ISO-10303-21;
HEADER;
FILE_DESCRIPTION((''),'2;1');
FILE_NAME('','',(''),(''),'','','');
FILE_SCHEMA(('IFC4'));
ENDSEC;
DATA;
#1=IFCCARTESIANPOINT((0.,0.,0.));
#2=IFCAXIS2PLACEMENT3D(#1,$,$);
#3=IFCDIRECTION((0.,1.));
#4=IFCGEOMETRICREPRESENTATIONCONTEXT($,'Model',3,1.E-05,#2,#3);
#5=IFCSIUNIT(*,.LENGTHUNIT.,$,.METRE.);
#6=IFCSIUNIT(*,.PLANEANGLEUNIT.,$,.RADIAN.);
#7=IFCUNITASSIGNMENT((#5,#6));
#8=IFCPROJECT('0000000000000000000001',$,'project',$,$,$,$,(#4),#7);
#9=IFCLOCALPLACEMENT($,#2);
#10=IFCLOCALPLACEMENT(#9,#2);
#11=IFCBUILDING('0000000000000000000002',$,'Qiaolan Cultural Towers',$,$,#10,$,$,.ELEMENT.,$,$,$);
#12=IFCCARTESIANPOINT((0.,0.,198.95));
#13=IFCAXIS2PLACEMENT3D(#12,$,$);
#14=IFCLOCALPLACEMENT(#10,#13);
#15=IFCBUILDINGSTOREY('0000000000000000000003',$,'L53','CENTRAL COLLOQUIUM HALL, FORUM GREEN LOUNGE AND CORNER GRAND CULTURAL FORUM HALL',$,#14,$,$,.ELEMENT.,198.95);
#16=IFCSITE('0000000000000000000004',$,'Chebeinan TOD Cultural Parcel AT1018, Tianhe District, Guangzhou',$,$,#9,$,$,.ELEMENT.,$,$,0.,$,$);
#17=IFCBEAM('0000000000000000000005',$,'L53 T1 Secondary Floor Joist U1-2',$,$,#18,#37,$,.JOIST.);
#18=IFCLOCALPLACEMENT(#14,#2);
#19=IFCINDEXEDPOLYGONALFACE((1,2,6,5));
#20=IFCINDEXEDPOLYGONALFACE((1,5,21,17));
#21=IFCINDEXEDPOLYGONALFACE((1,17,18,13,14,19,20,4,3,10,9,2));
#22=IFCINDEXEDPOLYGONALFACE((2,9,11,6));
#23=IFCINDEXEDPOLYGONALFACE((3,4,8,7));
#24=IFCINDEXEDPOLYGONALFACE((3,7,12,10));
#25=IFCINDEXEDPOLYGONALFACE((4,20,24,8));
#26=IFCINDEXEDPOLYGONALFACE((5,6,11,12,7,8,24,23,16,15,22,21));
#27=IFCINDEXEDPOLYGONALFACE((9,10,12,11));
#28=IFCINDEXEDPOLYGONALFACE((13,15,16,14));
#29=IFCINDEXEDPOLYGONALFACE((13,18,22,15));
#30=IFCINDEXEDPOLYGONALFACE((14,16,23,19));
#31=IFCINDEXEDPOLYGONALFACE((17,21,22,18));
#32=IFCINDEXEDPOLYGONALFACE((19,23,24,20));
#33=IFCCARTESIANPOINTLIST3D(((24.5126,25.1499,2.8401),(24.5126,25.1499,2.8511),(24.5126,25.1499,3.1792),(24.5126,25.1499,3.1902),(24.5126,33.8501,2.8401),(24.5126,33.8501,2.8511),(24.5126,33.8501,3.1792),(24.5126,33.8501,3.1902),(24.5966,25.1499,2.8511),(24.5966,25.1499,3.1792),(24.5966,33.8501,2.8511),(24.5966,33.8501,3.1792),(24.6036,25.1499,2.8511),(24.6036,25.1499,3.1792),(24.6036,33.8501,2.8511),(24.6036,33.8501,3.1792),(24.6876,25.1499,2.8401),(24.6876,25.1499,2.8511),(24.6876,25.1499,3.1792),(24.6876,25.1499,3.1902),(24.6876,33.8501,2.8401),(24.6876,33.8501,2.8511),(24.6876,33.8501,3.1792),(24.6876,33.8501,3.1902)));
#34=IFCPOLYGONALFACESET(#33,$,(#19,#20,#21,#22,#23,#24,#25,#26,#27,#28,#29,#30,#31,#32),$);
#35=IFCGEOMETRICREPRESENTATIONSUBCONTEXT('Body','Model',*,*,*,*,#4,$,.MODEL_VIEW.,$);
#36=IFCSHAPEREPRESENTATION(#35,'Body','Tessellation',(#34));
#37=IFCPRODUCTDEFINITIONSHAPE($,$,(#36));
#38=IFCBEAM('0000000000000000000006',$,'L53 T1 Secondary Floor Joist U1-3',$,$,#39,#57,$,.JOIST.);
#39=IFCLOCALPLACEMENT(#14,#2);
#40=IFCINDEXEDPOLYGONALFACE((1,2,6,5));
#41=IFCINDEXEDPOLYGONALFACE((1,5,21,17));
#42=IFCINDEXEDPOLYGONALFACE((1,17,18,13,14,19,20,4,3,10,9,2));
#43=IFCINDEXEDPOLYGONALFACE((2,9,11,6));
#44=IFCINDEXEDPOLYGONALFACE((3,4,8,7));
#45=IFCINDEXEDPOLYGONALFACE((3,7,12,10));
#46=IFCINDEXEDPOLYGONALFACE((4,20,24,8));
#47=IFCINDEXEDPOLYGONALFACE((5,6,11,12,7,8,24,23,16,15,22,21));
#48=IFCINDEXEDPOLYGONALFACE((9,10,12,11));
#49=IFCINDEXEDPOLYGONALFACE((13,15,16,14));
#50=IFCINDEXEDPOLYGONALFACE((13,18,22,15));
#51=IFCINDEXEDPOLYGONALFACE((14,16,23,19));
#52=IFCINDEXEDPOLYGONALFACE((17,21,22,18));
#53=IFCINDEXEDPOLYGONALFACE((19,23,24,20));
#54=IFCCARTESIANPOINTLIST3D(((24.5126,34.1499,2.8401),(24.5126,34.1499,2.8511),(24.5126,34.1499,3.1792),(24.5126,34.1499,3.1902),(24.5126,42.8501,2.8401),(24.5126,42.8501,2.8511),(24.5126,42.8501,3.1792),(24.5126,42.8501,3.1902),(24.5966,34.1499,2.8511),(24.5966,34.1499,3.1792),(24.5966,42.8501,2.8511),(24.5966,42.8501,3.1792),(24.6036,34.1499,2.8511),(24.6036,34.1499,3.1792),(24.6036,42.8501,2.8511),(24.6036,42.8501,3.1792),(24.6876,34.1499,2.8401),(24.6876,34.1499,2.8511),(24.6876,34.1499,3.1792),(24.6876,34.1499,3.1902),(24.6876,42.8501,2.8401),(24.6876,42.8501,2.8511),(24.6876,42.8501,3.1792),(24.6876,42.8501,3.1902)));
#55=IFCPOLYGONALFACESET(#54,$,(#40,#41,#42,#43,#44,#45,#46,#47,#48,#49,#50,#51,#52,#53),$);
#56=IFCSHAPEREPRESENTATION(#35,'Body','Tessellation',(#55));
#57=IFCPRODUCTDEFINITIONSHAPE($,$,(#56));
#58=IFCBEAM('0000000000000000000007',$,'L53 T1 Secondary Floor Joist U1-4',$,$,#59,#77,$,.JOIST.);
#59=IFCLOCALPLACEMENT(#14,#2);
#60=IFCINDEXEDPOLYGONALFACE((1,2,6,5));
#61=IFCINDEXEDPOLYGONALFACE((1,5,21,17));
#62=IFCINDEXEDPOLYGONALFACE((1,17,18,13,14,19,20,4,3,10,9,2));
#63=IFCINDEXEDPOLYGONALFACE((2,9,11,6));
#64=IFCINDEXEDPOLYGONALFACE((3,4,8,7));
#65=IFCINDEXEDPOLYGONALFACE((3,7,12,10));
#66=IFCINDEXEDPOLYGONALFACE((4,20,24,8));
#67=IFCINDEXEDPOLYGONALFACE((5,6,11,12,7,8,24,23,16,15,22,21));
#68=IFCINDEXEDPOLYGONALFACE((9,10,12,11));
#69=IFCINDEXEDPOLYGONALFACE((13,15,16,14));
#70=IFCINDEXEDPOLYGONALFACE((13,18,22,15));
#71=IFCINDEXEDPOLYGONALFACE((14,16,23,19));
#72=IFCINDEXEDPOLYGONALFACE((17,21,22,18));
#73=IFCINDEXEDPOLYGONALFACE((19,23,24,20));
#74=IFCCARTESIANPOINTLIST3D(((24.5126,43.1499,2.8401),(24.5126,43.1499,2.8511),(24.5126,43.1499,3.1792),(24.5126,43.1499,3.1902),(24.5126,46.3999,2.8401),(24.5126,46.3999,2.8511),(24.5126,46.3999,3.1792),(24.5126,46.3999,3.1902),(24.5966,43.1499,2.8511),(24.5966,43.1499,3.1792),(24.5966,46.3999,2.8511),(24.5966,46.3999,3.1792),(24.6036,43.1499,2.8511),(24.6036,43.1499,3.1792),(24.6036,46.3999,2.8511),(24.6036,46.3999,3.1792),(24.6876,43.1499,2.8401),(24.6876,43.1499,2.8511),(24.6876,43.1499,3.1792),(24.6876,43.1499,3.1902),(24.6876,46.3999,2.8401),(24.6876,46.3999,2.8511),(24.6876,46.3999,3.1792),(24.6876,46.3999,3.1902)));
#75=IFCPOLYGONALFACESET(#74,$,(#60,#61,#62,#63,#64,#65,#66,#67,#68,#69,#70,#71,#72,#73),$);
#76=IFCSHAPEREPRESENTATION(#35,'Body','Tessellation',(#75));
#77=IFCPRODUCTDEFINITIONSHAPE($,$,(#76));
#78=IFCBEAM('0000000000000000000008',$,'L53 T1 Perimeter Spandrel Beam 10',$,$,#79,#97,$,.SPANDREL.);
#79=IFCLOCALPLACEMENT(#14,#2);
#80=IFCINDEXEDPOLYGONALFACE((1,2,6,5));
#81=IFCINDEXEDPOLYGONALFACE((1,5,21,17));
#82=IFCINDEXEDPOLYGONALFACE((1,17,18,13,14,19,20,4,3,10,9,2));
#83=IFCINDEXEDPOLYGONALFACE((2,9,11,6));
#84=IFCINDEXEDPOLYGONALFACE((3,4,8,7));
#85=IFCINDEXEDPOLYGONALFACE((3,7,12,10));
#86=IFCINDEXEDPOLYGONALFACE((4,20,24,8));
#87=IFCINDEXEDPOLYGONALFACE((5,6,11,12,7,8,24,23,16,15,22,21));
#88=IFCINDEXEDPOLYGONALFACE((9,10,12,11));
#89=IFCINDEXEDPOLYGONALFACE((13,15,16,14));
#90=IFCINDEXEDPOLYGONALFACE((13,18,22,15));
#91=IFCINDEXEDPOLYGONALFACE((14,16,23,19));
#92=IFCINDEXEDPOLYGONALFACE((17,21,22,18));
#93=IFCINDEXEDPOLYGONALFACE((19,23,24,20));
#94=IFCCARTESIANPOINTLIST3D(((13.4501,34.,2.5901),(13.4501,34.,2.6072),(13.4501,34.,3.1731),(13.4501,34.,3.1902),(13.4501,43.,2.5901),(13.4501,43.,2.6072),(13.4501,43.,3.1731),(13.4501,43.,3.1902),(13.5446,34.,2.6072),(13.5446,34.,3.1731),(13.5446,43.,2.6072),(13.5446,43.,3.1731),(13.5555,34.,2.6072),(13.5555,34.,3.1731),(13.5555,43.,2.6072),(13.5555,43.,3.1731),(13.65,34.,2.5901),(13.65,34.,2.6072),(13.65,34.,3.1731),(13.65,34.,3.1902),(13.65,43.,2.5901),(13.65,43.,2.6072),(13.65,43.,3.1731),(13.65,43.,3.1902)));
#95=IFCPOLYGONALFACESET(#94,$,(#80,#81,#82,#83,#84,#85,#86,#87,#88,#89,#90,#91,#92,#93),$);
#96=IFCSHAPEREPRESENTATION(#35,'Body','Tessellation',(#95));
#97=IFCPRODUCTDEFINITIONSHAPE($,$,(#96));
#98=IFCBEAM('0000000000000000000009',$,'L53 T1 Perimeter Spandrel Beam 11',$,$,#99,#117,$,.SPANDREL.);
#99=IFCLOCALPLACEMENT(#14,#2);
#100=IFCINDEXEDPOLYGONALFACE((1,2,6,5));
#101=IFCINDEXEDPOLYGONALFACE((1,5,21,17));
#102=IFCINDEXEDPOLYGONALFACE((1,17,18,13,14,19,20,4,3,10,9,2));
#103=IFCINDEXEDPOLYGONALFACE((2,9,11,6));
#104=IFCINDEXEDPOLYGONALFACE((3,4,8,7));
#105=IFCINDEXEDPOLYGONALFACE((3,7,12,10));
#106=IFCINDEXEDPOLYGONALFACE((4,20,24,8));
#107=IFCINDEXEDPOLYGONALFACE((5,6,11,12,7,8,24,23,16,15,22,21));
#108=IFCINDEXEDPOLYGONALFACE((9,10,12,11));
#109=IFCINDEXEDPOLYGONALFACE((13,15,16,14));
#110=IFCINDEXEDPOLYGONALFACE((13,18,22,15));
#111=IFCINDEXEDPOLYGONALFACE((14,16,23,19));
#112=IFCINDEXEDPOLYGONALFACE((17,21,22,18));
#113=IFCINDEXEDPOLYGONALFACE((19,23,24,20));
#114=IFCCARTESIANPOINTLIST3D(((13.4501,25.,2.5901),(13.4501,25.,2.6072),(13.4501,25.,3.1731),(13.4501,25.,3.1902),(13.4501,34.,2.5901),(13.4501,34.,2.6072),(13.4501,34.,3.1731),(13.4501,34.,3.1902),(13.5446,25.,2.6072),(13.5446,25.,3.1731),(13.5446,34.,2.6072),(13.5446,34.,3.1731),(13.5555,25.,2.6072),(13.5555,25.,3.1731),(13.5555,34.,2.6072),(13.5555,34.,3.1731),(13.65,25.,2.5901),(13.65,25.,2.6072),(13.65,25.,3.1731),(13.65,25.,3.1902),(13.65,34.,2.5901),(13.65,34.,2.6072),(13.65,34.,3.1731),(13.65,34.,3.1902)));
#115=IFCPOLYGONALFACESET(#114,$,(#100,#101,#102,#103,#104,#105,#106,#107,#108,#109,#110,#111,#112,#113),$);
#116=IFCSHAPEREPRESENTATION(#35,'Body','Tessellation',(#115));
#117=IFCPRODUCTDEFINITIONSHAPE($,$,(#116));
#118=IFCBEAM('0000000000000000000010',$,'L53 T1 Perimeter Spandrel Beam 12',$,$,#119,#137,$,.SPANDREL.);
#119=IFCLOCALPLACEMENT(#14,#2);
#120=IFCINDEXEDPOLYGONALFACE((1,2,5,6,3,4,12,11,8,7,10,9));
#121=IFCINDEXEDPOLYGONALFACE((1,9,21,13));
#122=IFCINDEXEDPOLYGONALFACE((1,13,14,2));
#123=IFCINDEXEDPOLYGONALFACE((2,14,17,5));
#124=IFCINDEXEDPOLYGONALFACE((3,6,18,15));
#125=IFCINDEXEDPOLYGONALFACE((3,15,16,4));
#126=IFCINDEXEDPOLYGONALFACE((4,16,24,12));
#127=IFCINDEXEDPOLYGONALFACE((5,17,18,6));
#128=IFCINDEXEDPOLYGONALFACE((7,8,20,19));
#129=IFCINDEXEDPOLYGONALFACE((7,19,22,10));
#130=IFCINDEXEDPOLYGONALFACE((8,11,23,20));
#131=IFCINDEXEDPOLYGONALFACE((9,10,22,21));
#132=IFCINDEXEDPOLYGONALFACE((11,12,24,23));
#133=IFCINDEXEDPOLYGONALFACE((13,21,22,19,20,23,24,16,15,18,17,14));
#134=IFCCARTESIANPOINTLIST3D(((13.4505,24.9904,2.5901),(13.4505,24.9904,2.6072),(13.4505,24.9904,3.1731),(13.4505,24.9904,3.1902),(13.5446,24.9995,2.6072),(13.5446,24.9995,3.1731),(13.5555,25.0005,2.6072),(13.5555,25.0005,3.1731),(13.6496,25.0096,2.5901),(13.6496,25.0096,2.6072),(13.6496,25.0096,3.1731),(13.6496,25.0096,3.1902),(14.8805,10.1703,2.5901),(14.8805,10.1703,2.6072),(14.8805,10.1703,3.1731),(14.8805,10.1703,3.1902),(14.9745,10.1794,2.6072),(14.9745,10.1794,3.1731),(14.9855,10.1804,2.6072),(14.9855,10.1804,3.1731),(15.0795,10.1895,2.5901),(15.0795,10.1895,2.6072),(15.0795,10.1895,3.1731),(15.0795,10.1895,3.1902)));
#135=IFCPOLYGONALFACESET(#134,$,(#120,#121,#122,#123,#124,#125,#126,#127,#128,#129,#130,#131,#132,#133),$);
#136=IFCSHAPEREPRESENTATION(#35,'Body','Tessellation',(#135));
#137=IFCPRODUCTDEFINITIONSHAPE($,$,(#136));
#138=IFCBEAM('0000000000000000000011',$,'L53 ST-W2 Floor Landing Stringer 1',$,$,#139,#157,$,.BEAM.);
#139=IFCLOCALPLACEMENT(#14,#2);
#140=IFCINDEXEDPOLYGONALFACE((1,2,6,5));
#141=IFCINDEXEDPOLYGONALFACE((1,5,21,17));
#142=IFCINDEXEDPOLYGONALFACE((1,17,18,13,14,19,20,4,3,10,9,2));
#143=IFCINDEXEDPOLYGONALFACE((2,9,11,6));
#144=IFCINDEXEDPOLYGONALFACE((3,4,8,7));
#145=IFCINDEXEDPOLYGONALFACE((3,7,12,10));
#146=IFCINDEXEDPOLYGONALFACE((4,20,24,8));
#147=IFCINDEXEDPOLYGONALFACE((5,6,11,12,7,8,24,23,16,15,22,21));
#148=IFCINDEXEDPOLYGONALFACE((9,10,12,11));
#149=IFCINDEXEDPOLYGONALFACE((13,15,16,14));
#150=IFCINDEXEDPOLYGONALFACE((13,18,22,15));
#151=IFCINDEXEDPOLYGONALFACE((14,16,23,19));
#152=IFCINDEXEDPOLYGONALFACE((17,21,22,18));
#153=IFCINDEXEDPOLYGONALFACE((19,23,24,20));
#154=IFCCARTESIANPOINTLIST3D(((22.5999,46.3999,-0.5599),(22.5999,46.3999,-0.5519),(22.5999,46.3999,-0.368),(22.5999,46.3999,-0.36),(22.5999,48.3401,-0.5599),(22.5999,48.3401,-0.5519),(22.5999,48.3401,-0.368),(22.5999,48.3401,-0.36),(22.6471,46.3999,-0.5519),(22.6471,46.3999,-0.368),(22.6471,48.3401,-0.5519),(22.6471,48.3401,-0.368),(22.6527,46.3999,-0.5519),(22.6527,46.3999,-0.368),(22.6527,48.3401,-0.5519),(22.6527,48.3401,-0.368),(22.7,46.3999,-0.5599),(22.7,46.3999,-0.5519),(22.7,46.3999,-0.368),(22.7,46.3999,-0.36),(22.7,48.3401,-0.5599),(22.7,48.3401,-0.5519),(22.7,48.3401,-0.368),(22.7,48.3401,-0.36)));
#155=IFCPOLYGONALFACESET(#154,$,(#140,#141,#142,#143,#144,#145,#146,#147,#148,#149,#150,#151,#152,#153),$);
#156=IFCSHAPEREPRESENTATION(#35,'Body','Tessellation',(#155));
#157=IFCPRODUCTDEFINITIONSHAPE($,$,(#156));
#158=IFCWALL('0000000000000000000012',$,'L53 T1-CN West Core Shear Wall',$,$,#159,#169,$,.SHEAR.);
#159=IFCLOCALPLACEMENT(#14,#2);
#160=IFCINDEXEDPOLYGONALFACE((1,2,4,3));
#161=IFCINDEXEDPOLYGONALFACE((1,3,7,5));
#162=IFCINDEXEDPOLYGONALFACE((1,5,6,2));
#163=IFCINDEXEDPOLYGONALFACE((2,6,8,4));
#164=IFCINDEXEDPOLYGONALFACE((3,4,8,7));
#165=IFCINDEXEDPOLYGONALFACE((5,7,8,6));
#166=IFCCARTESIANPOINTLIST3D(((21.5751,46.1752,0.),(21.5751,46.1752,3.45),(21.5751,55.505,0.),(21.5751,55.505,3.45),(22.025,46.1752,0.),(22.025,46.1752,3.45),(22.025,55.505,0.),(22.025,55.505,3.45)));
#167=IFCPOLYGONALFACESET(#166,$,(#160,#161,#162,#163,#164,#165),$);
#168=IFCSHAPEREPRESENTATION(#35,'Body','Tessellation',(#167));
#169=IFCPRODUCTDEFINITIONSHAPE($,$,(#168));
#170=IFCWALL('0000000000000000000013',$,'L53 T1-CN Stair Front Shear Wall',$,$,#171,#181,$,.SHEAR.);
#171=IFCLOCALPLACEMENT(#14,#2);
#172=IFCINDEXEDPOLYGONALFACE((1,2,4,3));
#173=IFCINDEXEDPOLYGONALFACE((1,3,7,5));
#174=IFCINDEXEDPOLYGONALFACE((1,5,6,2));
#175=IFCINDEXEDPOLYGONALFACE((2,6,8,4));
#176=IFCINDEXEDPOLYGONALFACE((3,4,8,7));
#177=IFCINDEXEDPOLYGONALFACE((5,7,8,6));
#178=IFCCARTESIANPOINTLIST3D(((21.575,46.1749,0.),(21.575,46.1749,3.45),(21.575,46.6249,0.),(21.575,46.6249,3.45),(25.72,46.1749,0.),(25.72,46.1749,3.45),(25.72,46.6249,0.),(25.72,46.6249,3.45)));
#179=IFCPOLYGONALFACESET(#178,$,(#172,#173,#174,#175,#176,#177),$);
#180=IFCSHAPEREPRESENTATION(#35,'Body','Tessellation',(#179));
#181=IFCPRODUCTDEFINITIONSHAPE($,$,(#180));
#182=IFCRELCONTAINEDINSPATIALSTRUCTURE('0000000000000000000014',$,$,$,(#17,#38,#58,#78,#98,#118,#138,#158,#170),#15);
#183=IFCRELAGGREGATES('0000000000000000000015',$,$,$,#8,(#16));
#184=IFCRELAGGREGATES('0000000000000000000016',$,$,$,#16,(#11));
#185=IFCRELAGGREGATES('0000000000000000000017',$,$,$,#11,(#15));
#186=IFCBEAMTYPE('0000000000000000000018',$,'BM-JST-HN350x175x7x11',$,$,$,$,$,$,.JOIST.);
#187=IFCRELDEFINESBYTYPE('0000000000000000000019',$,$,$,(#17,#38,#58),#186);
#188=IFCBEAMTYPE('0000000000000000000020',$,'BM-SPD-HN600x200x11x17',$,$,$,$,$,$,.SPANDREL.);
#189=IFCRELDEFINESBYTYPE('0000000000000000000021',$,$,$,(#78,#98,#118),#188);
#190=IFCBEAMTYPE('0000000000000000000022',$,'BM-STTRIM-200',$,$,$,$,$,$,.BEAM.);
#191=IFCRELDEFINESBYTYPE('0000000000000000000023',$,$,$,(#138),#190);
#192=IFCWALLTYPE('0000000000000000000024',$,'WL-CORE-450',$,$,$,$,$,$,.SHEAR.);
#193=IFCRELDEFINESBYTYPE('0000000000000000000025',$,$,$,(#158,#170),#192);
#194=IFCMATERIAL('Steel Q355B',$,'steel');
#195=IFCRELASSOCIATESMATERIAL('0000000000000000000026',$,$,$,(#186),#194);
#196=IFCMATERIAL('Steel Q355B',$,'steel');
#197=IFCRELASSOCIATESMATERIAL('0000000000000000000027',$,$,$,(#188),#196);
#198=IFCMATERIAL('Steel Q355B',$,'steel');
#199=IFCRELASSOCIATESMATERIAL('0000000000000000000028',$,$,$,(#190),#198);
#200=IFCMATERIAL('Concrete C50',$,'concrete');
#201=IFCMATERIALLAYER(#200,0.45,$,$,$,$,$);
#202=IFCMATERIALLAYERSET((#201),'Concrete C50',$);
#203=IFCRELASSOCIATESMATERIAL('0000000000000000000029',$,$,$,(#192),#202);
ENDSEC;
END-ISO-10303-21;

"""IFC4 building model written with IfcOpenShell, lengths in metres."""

from ifc_helpers import new_model, si_unit, direction, frame, frame_2d, origin, origin_2d, place, context, subcontext, project, spatial, rectangle, i_section, extrude, material, layer, layer_set, material_profile, profile_set, type_object, element, save


model = new_model("IFC4")

# Units and contexts
model_context = context("Model", 3, precision=1e-05, world=origin(), true_north=direction((0.0, 1.0)))
body_context = subcontext(model_context, "Body", "Model", "MODEL_VIEW")
ifc_project = project(units=[si_unit("LENGTHUNIT", "METRE"), si_unit("PLANEANGLEUNIT", "RADIAN")], contexts=[model_context])

# Site, building, storey
site_placement = place(None, origin())
site = spatial("IfcSite", under=ifc_project, at=site_placement, Name="Chebeinan TOD Cultural Parcel AT1018, Tianhe District, Guangzhou", CompositionType="ELEMENT", RefElevation=0.0)
building_placement = place(site_placement, origin())
building = spatial("IfcBuilding", under=site, at=building_placement, Name="Qiaolan Cultural Towers", CompositionType="ELEMENT")
storey_placement = place(building_placement, frame((0.0, 0.0, 198.95)))
storey = spatial("IfcBuildingStorey", under=building, at=storey_placement, Name="L53", Description="CENTRAL COLLOQUIUM HALL, FORUM GREEN LOUNGE AND CORNER GRAND CULTURAL FORUM HALL", CompositionType="ELEMENT", Elevation=198.95)

# Beams
ifc_material_1 = material(Name="Steel Q355B", Category="steel")
ifc_material_profile_1 = material_profile(ifc_material_1, i_section(OverallWidth=0.175, OverallDepth=0.3501, WebThickness=0.0071, FlangeThickness=0.011, at=origin_2d()), Name="HN350x175x7x11")
ifc_profile_set_1 = profile_set([ifc_material_profile_1], Name="Steel Q355B")
beam_type_1 = type_object("IfcBeamType", Name="BM-JST-HN350x175x7x11", PredefinedType="JOIST", material=ifc_profile_set_1)
for number, where, z_axis, x_axis, name in (
    (1, (24.6001, 25.1499, 3.0151), (0.0, 1.0, 0.0), (-1.0, 0.0, 0.0), "L53 T1 Secondary Floor Joist U1-2"),
    (2, (24.6001, 34.1499, 3.0151), (0.0, 1.0, 0.0), (-1.0, 0.0, 0.0), "L53 T1 Secondary Floor Joist U1-3"),
):
    element("IfcBeam", number, at=place(storey_placement, frame(where, z_axis=z_axis, x_axis=x_axis)), inside=storey, type_object=beam_type_1, Name=name, PredefinedType="JOIST", context=body_context, shape_type="SweptSolid", body=[
        extrude(i_section(OverallWidth=0.175, OverallDepth=0.3501, WebThickness=0.0071, FlangeThickness=0.011, at=origin_2d()), origin(), (0.0, 0.0, 1.0), 8.7002),
    ])
beam_1_placement = place(storey_placement, frame((24.6001, 43.1499, 3.0151), z_axis=(0.0, 1.0, 0.0), x_axis=(-1.0, 0.0, 0.0)))
element("IfcBeam", 3, at=beam_1_placement, inside=storey, type_object=beam_type_1, Name="L53 T1 Secondary Floor Joist U1-4", PredefinedType="JOIST", context=body_context, shape_type="SweptSolid", body=[
    extrude(i_section(OverallWidth=0.175, OverallDepth=0.3501, WebThickness=0.0071, FlangeThickness=0.011, at=origin_2d()), origin(), (0.0, 0.0, 1.0), 3.25),
])
ifc_material_2 = material(Name="Steel Q355B", Category="steel")
ifc_material_profile_2 = material_profile(ifc_material_2, i_section(OverallWidth=0.2, OverallDepth=0.6001, WebThickness=0.011, FlangeThickness=0.0171, at=origin_2d()), Name="HN600x200x11x17")
ifc_profile_set_2 = profile_set([ifc_material_profile_2], Name="Steel Q355B")
beam_type_2 = type_object("IfcBeamType", Name="BM-SPD-HN600x200x11x17", PredefinedType="SPANDREL", material=ifc_profile_set_2)
for number, where, z_axis, x_axis, name in (
    (4, (13.55, 43.0, 2.8901), (0.0, -1.0, 0.0), (1.0, 0.0, 0.0), "L53 T1 Perimeter Spandrel Beam 10"),
    (5, (13.55, 34.0, 2.8901), (0.0, -1.0, 0.0), (1.0, 0.0, 0.0), "L53 T1 Perimeter Spandrel Beam 11"),
):
    element("IfcBeam", number, at=place(storey_placement, frame(where, z_axis=z_axis, x_axis=x_axis)), inside=storey, type_object=beam_type_2, Name=name, PredefinedType="SPANDREL", context=body_context, shape_type="SweptSolid", body=[
        extrude(i_section(OverallWidth=0.2, OverallDepth=0.6001, WebThickness=0.011, FlangeThickness=0.0171, at=origin_2d()), origin(), (0.0, 0.0, 1.0), 9.0),
    ])
beam_2_placement = place(storey_placement, frame((13.55, 25.0, 2.8901), z_axis=(0.09604, -0.995377, 0.0), x_axis=(0.995377, 0.09604, 0.0)))
element("IfcBeam", 6, at=beam_2_placement, inside=storey, type_object=beam_type_2, Name="L53 T1 Perimeter Spandrel Beam 12", PredefinedType="SPANDREL", context=body_context, shape_type="SweptSolid", body=[
    extrude(i_section(OverallWidth=0.2, OverallDepth=0.6001, WebThickness=0.011, FlangeThickness=0.0171, at=origin_2d()), origin(), (0.0, 0.0, 1.0), 14.8889),
])
ifc_material_3 = material(Name="Steel Q355B", Category="steel")
ifc_material_profile_3 = material_profile(ifc_material_3, i_section(OverallWidth=0.1001, OverallDepth=0.2, WebThickness=0.0056, FlangeThickness=0.0081, at=origin_2d()), Name="HN200x100x5.5x8")
ifc_profile_set_3 = profile_set([ifc_material_profile_3], Name="Steel Q355B")
beam_type_3 = type_object("IfcBeamType", Name="BM-STTRIM-200", PredefinedType="BEAM", material=ifc_profile_set_3)
beam_3_placement = place(storey_placement, frame((22.6499, 46.3999, -0.46), z_axis=(0.0, 1.0, 0.0), x_axis=(-1.0, 0.0, 0.0)))
element("IfcBeam", 7, at=beam_3_placement, inside=storey, type_object=beam_type_3, Name="L53 ST-W2 Floor Landing Stringer 1", PredefinedType="BEAM", context=body_context, shape_type="SweptSolid", body=[
    extrude(i_section(OverallWidth=0.1001, OverallDepth=0.2, WebThickness=0.0056, FlangeThickness=0.0081, at=origin_2d()), origin(), (0.0, 0.0, 1.0), 1.9402),
])

# Walls
ifc_material_4 = material(Name="Concrete C50", Category="concrete")
ifc_layer_1 = layer(ifc_material_4, 0.45)
ifc_layer_set_1 = layer_set([ifc_layer_1], Name="Concrete C50")
wall_type_1 = type_object("IfcWallType", Name="WL-CORE-450", PredefinedType="SHEAR", material=ifc_layer_set_1)
wall_1_placement = place(storey_placement, frame((21.8, 46.175, 0.0), z_axis=(0.0, 0.0, 1.0), x_axis=(0.0, 1.0, 0.0)))
element("IfcWall", 8, at=wall_1_placement, inside=storey, type_object=wall_type_1, Name="L53 T1-CN West Core Shear Wall", PredefinedType="SHEAR", context=body_context, shape_type="SweptSolid", body=[
    extrude(rectangle(XDim=9.3298, YDim=0.45, at=frame_2d((4.665, 0.0))), origin(), (0.0, 0.0, 1.0), 3.45),
])
wall_2_placement = place(storey_placement, frame((21.575, 46.3999, 0.0), z_axis=(0.0, 0.0, 1.0), x_axis=(1.0, 0.0, 0.0)))
element("IfcWall", 9, at=wall_2_placement, inside=storey, type_object=wall_type_1, Name="L53 T1-CN Stair Front Shear Wall", PredefinedType="SHEAR", context=body_context, shape_type="SweptSolid", body=[
    extrude(rectangle(XDim=4.145, YDim=0.45, at=frame_2d((2.0725, 0.0))), origin(), (0.0, 0.0, 1.0), 3.45),
])

save(model, "model.ifc")
